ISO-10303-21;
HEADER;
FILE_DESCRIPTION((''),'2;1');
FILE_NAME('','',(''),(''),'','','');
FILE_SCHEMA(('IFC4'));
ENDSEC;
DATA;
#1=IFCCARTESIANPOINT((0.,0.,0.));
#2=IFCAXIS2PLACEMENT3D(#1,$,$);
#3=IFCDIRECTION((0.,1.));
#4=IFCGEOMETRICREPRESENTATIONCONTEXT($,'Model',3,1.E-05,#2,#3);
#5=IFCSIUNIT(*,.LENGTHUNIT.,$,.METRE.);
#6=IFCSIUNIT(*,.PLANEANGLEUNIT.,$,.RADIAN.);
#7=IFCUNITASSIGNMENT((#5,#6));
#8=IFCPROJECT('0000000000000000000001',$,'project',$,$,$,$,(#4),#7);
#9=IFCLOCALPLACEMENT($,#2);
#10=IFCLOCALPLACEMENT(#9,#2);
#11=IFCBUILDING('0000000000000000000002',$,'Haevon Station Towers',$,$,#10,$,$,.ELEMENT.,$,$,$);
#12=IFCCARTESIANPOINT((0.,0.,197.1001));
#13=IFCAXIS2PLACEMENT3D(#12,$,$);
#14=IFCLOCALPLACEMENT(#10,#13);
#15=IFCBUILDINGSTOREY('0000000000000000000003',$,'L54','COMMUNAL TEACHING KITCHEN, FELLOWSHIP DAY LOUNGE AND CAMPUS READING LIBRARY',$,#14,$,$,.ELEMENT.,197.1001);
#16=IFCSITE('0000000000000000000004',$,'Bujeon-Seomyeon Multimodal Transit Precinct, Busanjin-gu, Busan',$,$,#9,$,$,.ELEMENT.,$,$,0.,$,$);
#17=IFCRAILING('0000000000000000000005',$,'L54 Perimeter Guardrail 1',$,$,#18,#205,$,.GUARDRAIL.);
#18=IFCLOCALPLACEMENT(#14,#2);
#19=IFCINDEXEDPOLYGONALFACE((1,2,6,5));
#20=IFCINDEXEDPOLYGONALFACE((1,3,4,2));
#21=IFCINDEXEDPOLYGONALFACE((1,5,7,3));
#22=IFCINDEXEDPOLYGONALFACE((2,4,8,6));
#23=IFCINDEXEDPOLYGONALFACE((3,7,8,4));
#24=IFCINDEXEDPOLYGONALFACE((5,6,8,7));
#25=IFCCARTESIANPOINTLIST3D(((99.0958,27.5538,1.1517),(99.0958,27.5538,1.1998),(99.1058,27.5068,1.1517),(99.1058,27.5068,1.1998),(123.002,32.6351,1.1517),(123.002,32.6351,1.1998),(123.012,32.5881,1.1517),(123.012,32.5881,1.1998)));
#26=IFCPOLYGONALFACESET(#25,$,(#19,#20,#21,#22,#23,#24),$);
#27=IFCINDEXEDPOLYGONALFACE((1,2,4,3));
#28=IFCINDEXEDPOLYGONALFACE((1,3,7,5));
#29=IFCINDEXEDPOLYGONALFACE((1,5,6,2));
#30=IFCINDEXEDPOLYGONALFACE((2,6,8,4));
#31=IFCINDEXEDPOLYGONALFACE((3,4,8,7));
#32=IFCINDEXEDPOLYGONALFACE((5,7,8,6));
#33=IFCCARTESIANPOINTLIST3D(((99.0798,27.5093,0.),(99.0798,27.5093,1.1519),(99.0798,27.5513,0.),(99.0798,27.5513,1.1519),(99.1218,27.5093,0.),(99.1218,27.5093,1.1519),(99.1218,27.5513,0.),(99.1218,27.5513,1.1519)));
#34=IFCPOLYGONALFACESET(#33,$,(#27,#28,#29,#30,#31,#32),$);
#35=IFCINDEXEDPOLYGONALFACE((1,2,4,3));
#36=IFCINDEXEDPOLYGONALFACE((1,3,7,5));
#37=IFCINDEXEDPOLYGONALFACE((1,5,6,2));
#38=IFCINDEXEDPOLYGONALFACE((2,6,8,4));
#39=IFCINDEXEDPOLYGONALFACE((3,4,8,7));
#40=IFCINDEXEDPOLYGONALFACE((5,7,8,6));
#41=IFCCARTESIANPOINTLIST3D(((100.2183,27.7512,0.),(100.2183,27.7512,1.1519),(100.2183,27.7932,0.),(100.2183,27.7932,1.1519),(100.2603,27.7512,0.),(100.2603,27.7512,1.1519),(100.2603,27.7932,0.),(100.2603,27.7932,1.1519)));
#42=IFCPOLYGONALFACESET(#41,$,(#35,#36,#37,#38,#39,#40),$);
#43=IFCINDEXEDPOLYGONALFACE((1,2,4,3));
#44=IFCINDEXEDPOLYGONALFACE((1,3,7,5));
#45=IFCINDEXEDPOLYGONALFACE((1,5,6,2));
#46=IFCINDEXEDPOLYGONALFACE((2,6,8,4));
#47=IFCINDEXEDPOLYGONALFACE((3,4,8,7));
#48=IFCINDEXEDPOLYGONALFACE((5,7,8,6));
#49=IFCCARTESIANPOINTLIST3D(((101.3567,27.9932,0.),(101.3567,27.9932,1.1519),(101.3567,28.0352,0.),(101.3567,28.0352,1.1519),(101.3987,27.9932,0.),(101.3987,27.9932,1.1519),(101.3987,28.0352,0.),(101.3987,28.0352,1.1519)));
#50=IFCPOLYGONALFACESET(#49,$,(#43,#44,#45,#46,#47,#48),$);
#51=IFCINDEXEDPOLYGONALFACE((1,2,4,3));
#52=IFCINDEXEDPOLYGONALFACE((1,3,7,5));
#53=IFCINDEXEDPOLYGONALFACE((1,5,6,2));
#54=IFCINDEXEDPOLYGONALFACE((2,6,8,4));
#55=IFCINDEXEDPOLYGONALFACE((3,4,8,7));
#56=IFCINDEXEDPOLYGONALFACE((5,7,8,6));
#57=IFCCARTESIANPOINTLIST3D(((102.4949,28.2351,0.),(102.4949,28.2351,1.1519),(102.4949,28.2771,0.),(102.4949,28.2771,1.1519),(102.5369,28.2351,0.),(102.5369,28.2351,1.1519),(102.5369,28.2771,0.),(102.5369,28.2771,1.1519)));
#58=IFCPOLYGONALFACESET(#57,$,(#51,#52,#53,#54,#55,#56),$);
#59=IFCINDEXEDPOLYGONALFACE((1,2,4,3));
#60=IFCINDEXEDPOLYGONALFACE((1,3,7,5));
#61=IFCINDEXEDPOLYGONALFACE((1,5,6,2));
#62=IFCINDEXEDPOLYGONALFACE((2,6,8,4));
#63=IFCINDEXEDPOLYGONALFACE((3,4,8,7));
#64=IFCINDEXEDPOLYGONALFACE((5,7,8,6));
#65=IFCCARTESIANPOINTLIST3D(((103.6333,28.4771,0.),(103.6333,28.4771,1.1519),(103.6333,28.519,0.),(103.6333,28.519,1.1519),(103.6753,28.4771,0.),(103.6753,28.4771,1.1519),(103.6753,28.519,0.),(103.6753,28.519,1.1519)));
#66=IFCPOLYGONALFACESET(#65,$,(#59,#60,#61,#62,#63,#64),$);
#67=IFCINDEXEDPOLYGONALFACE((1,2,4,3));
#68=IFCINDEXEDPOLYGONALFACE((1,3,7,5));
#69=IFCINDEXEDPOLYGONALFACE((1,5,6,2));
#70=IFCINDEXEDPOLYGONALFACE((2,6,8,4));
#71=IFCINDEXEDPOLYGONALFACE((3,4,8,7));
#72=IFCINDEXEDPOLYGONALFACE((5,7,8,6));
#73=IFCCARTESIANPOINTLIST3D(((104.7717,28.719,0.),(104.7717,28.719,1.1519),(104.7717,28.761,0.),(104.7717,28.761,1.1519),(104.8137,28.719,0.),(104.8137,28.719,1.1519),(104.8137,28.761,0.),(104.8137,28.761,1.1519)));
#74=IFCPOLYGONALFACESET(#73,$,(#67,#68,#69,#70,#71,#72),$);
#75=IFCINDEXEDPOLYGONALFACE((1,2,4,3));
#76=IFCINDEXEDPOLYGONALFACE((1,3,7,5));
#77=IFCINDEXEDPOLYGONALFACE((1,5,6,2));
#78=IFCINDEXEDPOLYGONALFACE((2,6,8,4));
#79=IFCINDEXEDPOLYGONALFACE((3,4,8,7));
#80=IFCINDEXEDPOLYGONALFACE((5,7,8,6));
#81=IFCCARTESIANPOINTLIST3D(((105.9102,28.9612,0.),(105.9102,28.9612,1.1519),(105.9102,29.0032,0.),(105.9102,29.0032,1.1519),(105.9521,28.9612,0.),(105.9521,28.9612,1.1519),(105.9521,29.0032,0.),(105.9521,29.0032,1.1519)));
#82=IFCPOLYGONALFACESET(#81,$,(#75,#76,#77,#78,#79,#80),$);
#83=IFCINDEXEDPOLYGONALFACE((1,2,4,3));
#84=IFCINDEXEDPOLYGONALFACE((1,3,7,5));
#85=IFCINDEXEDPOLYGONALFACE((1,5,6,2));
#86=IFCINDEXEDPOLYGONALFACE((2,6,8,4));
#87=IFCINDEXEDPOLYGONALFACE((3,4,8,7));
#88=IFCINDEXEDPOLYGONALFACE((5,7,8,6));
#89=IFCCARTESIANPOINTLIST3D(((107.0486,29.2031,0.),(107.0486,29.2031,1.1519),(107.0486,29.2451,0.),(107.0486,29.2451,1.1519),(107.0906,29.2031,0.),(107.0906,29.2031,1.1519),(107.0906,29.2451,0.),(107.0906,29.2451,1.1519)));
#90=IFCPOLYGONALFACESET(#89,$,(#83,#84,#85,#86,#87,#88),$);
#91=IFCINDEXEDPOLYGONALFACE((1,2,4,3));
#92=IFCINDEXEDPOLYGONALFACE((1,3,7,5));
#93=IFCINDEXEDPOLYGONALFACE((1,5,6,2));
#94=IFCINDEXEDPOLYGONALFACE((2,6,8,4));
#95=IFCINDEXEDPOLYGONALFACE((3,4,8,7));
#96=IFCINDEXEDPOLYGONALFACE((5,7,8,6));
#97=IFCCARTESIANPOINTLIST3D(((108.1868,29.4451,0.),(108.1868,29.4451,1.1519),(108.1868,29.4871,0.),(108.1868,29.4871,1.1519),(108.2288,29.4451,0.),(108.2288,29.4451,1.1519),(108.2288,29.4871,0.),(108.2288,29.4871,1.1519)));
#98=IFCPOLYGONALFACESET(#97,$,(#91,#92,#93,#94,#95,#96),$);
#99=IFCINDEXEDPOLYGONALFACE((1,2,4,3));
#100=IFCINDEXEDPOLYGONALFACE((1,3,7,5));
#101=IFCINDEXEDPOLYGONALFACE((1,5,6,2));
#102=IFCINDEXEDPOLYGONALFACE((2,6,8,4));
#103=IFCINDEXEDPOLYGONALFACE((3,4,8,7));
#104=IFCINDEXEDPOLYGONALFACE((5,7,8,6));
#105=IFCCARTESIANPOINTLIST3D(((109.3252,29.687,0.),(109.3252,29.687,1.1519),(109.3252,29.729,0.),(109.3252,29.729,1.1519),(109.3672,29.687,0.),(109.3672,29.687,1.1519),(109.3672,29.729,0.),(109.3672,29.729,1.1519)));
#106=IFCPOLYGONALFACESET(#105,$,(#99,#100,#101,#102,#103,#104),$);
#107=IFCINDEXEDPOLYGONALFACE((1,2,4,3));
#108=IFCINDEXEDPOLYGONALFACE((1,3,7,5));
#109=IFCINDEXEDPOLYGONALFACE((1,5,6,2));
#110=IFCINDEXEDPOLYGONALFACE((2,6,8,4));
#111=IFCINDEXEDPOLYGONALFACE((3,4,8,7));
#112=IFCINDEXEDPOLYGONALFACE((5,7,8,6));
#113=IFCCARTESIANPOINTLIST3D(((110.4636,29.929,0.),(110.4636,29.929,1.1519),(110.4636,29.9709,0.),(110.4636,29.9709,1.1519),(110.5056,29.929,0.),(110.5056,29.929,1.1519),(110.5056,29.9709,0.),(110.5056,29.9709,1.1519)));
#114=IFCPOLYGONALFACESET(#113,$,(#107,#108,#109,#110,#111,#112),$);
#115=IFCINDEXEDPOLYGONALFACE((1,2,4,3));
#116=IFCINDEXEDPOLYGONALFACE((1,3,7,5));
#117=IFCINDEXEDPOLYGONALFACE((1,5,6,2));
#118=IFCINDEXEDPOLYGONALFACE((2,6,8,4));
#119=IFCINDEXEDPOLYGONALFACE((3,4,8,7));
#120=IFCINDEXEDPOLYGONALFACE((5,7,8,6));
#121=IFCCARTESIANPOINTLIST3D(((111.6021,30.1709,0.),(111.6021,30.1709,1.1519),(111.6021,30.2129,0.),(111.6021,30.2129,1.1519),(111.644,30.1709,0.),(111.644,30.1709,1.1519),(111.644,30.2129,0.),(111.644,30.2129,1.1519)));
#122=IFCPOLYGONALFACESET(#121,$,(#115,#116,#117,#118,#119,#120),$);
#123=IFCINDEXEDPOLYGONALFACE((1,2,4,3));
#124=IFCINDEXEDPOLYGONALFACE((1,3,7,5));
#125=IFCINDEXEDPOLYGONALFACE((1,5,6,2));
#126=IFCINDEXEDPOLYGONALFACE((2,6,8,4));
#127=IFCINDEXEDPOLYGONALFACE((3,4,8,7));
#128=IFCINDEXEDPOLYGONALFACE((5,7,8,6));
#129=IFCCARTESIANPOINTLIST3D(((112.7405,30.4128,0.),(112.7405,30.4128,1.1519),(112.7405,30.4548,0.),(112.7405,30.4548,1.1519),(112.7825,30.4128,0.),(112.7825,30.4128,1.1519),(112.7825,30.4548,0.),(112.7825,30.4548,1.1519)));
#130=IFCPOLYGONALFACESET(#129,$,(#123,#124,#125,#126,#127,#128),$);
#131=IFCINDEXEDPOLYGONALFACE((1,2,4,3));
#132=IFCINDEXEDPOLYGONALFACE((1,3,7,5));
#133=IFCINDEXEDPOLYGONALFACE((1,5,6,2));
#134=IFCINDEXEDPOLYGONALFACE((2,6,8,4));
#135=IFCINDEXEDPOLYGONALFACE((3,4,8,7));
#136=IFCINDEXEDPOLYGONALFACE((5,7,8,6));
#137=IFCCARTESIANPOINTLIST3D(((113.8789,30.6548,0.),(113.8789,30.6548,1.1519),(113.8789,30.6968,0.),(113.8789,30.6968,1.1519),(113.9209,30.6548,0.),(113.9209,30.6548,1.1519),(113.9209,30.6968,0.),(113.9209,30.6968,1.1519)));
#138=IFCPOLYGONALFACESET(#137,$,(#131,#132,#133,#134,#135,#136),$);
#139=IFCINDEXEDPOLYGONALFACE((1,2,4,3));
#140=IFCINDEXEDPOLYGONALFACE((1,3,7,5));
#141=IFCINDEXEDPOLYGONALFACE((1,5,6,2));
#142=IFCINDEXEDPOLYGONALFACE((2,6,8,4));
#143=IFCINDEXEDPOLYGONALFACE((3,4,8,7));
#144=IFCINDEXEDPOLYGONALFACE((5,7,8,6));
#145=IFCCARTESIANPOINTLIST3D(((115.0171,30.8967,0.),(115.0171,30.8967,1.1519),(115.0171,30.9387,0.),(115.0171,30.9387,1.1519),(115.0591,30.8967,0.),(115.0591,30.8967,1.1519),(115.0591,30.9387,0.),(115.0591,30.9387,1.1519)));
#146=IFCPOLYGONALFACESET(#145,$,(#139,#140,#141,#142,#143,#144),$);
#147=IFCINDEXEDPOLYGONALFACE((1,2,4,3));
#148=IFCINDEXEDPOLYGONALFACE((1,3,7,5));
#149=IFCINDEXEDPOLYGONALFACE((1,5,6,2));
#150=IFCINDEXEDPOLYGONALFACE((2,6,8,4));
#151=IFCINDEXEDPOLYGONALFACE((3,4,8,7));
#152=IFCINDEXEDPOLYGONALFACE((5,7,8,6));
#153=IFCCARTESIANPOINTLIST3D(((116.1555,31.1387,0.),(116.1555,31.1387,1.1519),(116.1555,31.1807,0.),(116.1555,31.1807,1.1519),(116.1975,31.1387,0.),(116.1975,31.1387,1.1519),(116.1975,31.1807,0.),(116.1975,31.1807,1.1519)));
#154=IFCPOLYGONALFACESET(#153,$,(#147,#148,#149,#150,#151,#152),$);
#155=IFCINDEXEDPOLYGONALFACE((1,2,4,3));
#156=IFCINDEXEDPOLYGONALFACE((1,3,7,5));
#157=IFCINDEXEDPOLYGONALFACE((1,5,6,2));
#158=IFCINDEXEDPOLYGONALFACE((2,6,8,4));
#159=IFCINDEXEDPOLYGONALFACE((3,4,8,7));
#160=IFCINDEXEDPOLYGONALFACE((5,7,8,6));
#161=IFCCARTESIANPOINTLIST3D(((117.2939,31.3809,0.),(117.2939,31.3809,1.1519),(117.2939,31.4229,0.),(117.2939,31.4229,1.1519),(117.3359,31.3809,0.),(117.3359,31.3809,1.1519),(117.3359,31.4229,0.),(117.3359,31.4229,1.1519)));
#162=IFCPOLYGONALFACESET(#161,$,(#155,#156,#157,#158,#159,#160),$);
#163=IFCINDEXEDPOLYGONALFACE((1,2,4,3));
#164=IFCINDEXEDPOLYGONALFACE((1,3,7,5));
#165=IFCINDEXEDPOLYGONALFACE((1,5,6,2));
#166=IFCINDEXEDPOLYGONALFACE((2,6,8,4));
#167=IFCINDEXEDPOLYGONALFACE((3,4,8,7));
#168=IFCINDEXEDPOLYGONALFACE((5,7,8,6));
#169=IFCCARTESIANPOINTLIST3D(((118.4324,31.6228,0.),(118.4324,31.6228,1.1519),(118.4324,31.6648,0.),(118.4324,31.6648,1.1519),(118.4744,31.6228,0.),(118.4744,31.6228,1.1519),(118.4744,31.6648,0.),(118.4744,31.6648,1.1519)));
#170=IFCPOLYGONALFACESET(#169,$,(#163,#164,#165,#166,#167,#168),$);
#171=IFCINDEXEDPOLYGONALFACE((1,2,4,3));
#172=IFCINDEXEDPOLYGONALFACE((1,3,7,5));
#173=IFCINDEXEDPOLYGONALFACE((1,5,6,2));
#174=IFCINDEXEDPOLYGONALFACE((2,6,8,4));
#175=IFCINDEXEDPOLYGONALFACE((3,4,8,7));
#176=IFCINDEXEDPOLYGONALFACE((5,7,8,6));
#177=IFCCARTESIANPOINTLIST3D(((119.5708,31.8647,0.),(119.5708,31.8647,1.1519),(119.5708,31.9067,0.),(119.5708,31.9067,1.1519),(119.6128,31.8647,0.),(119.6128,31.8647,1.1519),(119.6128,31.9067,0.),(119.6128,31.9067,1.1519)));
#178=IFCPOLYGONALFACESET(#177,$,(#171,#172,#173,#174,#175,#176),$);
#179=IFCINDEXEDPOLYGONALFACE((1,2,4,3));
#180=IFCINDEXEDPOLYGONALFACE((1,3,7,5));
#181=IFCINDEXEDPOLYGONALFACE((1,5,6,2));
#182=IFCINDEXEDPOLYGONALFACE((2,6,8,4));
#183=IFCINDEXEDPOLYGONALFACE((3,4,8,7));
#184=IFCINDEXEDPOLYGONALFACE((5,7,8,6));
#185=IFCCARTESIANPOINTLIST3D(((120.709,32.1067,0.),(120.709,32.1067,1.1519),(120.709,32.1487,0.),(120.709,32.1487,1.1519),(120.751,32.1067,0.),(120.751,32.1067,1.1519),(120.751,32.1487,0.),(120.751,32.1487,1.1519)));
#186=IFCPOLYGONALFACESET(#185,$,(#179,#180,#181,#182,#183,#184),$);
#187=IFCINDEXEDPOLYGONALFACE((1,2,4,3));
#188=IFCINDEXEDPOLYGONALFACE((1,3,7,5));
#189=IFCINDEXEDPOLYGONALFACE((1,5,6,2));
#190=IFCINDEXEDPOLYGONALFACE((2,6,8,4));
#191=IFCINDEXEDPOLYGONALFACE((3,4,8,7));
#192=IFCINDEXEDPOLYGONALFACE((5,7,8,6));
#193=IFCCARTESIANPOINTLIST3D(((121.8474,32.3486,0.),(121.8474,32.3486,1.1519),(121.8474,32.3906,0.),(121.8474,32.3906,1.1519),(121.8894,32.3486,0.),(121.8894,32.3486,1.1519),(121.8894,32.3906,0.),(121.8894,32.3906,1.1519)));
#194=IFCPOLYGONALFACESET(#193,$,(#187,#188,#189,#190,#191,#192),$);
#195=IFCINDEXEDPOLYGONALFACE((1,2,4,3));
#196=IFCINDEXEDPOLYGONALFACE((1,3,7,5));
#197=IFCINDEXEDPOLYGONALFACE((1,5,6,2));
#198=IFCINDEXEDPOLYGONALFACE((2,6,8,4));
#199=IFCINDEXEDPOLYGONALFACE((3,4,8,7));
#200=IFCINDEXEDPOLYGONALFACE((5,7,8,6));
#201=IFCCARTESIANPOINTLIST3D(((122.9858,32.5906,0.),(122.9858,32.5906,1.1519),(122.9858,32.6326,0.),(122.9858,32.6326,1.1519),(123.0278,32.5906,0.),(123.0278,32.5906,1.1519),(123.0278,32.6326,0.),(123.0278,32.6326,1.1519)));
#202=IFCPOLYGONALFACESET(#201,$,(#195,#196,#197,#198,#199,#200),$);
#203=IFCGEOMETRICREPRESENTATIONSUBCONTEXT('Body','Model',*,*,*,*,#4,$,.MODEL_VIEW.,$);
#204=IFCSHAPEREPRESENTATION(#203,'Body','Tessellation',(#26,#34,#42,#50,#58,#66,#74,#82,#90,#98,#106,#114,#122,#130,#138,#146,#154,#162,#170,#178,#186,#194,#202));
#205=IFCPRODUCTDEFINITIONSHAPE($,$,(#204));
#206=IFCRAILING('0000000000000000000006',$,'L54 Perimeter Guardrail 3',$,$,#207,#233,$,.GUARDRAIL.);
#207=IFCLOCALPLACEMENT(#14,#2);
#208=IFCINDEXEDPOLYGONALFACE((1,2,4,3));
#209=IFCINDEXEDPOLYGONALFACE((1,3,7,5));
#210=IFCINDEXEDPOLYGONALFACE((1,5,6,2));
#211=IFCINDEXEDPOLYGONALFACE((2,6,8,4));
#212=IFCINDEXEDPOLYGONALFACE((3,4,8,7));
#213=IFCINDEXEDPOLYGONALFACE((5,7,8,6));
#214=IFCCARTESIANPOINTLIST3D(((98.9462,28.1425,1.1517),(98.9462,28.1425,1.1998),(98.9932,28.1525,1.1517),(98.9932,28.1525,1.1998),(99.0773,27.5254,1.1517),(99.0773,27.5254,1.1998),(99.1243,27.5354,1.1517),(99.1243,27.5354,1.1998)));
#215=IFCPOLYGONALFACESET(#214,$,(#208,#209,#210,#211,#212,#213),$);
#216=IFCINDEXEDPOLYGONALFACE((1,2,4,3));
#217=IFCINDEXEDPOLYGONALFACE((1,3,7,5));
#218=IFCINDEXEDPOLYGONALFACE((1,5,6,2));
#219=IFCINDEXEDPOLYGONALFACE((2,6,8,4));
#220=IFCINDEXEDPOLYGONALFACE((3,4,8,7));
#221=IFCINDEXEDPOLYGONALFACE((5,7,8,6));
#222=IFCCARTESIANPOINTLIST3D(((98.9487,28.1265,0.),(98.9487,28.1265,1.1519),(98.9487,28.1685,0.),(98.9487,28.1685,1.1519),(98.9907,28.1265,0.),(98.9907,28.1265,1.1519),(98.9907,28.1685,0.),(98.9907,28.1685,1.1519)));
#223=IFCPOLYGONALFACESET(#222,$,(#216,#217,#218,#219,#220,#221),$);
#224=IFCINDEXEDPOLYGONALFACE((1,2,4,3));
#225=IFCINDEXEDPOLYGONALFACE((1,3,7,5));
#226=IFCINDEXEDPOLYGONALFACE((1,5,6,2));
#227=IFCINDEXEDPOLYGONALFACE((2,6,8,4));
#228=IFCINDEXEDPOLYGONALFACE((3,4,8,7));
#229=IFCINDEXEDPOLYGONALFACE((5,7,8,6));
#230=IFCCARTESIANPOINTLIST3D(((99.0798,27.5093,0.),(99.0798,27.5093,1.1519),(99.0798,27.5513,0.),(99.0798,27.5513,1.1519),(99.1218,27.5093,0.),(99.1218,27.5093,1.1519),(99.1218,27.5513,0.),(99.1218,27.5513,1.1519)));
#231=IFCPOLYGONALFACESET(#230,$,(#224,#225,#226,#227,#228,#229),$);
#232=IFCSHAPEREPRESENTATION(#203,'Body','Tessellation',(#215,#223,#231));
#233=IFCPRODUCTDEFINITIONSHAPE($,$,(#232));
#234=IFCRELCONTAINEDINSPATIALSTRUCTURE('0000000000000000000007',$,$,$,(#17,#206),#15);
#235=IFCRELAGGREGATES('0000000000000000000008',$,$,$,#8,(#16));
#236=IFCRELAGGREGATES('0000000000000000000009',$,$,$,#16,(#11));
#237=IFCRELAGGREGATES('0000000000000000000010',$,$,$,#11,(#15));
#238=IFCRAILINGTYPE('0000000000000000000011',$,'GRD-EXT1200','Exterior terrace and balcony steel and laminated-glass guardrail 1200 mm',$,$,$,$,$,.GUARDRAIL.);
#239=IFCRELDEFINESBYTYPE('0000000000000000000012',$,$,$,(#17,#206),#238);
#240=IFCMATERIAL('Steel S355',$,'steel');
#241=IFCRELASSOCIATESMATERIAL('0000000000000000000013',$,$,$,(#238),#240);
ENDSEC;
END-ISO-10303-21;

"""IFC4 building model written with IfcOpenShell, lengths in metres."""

from ifc_helpers import new_model, si_unit, direction, frame, origin, origin_2d, place, context, subcontext, project, spatial, rectangle, extrude, material, type_object, element, save


model = new_model("IFC4")

# Units and contexts
model_context = context("Model", 3, precision=1e-05, world=origin(), true_north=direction((0.0, 1.0)))
body_context = subcontext(model_context, "Body", "Model", "MODEL_VIEW")
ifc_project = project(units=[si_unit("LENGTHUNIT", "METRE"), si_unit("PLANEANGLEUNIT", "RADIAN")], contexts=[model_context])

# Site, building, storey
site_placement = place(None, origin())
site = spatial("IfcSite", under=ifc_project, at=site_placement, Name="Bujeon-Seomyeon Multimodal Transit Precinct, Busanjin-gu, Busan", CompositionType="ELEMENT", RefElevation=0.0)
building_placement = place(site_placement, origin())
building = spatial("IfcBuilding", under=site, at=building_placement, Name="Haevon Station Towers", CompositionType="ELEMENT")
storey_placement = place(building_placement, frame((0.0, 0.0, 197.1001)))
storey = spatial("IfcBuildingStorey", under=building, at=storey_placement, Name="L54", Description="COMMUNAL TEACHING KITCHEN, FELLOWSHIP DAY LOUNGE AND CAMPUS READING LIBRARY", CompositionType="ELEMENT", Elevation=197.1001)

# Shared definitions
ifc_material_1 = material(Name="Steel S355", Category="steel")

# Railings
railing_type = type_object("IfcRailingType", Name="GRD-EXT1200", Description="Exterior terrace and balcony steel and laminated-glass guardrail 1200 mm", PredefinedType="GUARDRAIL", material=ifc_material_1)
railing_1_placement = place(storey_placement, frame((99.1008, 27.5303, 0.0)))
element("IfcRailing", 1, at=railing_1_placement, inside=storey, type_object=railing_type, Name="L54 Perimeter Guardrail 1", PredefinedType="GUARDRAIL", context=body_context, shape_type="SweptSolid", body=[
    extrude(rectangle(XDim=0.0481, YDim=0.0481, at=origin_2d()), frame((0.0, 0.0, 1.1758), z_axis=(0.978148, 0.207909, 0.0), x_axis=(-0.207909, 0.978148, 0.0)), (0.0, 0.0, 1.0), 24.4402),
    extrude(rectangle(XDim=0.042, YDim=0.042, at=origin_2d()), origin(), (0.0, 0.0, 1.0), 1.1519),
    extrude(rectangle(XDim=0.042, YDim=0.042, at=origin_2d()), frame((1.1384, 0.2419, 0.0)), (0.0, 0.0, 1.0), 1.1519),
    extrude(rectangle(XDim=0.042, YDim=0.042, at=origin_2d()), frame((2.2769, 0.4839, 0.0)), (0.0, 0.0, 1.0), 1.1519),
    extrude(rectangle(XDim=0.042, YDim=0.042, at=origin_2d()), frame((3.415, 0.7258, 0.0)), (0.0, 0.0, 1.0), 1.1519),
    extrude(rectangle(XDim=0.042, YDim=0.042, at=origin_2d()), frame((4.5535, 0.9678, 0.0)), (0.0, 0.0, 1.0), 1.1519),
    extrude(rectangle(XDim=0.042, YDim=0.042, at=origin_2d()), frame((5.6919, 1.2097, 0.0)), (0.0, 0.0, 1.0), 1.1519),
    extrude(rectangle(XDim=0.042, YDim=0.042, at=origin_2d()), frame((6.8303, 1.4519, 0.0)), (0.0, 0.0, 1.0), 1.1519),
    extrude(rectangle(XDim=0.042, YDim=0.042, at=origin_2d()), frame((7.9688, 1.6938, 0.0)), (0.0, 0.0, 1.0), 1.1519),
    extrude(rectangle(XDim=0.042, YDim=0.042, at=origin_2d()), frame((9.1069, 1.9358, 0.0)), (0.0, 0.0, 1.0), 1.1519),
    extrude(rectangle(XDim=0.042, YDim=0.042, at=origin_2d()), frame((10.2454, 2.1777, 0.0)), (0.0, 0.0, 1.0), 1.1519),
    extrude(rectangle(XDim=0.042, YDim=0.042, at=origin_2d()), frame((11.3838, 2.4197, 0.0)), (0.0, 0.0, 1.0), 1.1519),
    extrude(rectangle(XDim=0.042, YDim=0.042, at=origin_2d()), frame((12.5222, 2.6616, 0.0)), (0.0, 0.0, 1.0), 1.1519),
    extrude(rectangle(XDim=0.042, YDim=0.042, at=origin_2d()), frame((13.6606, 2.9036, 0.0)), (0.0, 0.0, 1.0), 1.1519),
    extrude(rectangle(XDim=0.042, YDim=0.042, at=origin_2d()), frame((14.7991, 3.1455, 0.0)), (0.0, 0.0, 1.0), 1.1519),
    extrude(rectangle(XDim=0.042, YDim=0.042, at=origin_2d()), frame((15.9373, 3.3875, 0.0)), (0.0, 0.0, 1.0), 1.1519),
    extrude(rectangle(XDim=0.042, YDim=0.042, at=origin_2d()), frame((17.0757, 3.6294, 0.0)), (0.0, 0.0, 1.0), 1.1519),
    extrude(rectangle(XDim=0.042, YDim=0.042, at=origin_2d()), frame((18.2141, 3.8716, 0.0)), (0.0, 0.0, 1.0), 1.1519),
    extrude(rectangle(XDim=0.042, YDim=0.042, at=origin_2d()), frame((19.3525, 4.1135, 0.0)), (0.0, 0.0, 1.0), 1.1519),
    extrude(rectangle(XDim=0.042, YDim=0.042, at=origin_2d()), frame((20.491, 4.3555, 0.0)), (0.0, 0.0, 1.0), 1.1519),
    extrude(rectangle(XDim=0.042, YDim=0.042, at=origin_2d()), frame((21.6292, 4.5974, 0.0)), (0.0, 0.0, 1.0), 1.1519),
    extrude(rectangle(XDim=0.042, YDim=0.042, at=origin_2d()), frame((22.7676, 4.8394, 0.0)), (0.0, 0.0, 1.0), 1.1519),
    extrude(rectangle(XDim=0.042, YDim=0.042, at=origin_2d()), frame((23.906, 5.0813, 0.0)), (0.0, 0.0, 1.0), 1.1519),
])
railing_2_placement = place(storey_placement, frame((98.9697, 28.1475, 0.0)))
element("IfcRailing", 2, at=railing_2_placement, inside=storey, type_object=railing_type, Name="L54 Perimeter Guardrail 3", PredefinedType="GUARDRAIL", context=body_context, shape_type="SweptSolid", body=[
    extrude(rectangle(XDim=0.0481, YDim=0.0481, at=origin_2d()), frame((0.0, 0.0, 1.1758), z_axis=(0.207785, -0.978175, 0.0), x_axis=(0.978175, 0.207785, 0.0)), (0.0, 0.0, 1.0), 0.6309),
    extrude(rectangle(XDim=0.042, YDim=0.042, at=origin_2d()), origin(), (0.0, 0.0, 1.0), 1.1519),
    extrude(rectangle(XDim=0.042, YDim=0.042, at=origin_2d()), frame((0.1311, -0.6172, 0.0)), (0.0, 0.0, 1.0), 1.1519),
])

save(model, "model.ifc")
